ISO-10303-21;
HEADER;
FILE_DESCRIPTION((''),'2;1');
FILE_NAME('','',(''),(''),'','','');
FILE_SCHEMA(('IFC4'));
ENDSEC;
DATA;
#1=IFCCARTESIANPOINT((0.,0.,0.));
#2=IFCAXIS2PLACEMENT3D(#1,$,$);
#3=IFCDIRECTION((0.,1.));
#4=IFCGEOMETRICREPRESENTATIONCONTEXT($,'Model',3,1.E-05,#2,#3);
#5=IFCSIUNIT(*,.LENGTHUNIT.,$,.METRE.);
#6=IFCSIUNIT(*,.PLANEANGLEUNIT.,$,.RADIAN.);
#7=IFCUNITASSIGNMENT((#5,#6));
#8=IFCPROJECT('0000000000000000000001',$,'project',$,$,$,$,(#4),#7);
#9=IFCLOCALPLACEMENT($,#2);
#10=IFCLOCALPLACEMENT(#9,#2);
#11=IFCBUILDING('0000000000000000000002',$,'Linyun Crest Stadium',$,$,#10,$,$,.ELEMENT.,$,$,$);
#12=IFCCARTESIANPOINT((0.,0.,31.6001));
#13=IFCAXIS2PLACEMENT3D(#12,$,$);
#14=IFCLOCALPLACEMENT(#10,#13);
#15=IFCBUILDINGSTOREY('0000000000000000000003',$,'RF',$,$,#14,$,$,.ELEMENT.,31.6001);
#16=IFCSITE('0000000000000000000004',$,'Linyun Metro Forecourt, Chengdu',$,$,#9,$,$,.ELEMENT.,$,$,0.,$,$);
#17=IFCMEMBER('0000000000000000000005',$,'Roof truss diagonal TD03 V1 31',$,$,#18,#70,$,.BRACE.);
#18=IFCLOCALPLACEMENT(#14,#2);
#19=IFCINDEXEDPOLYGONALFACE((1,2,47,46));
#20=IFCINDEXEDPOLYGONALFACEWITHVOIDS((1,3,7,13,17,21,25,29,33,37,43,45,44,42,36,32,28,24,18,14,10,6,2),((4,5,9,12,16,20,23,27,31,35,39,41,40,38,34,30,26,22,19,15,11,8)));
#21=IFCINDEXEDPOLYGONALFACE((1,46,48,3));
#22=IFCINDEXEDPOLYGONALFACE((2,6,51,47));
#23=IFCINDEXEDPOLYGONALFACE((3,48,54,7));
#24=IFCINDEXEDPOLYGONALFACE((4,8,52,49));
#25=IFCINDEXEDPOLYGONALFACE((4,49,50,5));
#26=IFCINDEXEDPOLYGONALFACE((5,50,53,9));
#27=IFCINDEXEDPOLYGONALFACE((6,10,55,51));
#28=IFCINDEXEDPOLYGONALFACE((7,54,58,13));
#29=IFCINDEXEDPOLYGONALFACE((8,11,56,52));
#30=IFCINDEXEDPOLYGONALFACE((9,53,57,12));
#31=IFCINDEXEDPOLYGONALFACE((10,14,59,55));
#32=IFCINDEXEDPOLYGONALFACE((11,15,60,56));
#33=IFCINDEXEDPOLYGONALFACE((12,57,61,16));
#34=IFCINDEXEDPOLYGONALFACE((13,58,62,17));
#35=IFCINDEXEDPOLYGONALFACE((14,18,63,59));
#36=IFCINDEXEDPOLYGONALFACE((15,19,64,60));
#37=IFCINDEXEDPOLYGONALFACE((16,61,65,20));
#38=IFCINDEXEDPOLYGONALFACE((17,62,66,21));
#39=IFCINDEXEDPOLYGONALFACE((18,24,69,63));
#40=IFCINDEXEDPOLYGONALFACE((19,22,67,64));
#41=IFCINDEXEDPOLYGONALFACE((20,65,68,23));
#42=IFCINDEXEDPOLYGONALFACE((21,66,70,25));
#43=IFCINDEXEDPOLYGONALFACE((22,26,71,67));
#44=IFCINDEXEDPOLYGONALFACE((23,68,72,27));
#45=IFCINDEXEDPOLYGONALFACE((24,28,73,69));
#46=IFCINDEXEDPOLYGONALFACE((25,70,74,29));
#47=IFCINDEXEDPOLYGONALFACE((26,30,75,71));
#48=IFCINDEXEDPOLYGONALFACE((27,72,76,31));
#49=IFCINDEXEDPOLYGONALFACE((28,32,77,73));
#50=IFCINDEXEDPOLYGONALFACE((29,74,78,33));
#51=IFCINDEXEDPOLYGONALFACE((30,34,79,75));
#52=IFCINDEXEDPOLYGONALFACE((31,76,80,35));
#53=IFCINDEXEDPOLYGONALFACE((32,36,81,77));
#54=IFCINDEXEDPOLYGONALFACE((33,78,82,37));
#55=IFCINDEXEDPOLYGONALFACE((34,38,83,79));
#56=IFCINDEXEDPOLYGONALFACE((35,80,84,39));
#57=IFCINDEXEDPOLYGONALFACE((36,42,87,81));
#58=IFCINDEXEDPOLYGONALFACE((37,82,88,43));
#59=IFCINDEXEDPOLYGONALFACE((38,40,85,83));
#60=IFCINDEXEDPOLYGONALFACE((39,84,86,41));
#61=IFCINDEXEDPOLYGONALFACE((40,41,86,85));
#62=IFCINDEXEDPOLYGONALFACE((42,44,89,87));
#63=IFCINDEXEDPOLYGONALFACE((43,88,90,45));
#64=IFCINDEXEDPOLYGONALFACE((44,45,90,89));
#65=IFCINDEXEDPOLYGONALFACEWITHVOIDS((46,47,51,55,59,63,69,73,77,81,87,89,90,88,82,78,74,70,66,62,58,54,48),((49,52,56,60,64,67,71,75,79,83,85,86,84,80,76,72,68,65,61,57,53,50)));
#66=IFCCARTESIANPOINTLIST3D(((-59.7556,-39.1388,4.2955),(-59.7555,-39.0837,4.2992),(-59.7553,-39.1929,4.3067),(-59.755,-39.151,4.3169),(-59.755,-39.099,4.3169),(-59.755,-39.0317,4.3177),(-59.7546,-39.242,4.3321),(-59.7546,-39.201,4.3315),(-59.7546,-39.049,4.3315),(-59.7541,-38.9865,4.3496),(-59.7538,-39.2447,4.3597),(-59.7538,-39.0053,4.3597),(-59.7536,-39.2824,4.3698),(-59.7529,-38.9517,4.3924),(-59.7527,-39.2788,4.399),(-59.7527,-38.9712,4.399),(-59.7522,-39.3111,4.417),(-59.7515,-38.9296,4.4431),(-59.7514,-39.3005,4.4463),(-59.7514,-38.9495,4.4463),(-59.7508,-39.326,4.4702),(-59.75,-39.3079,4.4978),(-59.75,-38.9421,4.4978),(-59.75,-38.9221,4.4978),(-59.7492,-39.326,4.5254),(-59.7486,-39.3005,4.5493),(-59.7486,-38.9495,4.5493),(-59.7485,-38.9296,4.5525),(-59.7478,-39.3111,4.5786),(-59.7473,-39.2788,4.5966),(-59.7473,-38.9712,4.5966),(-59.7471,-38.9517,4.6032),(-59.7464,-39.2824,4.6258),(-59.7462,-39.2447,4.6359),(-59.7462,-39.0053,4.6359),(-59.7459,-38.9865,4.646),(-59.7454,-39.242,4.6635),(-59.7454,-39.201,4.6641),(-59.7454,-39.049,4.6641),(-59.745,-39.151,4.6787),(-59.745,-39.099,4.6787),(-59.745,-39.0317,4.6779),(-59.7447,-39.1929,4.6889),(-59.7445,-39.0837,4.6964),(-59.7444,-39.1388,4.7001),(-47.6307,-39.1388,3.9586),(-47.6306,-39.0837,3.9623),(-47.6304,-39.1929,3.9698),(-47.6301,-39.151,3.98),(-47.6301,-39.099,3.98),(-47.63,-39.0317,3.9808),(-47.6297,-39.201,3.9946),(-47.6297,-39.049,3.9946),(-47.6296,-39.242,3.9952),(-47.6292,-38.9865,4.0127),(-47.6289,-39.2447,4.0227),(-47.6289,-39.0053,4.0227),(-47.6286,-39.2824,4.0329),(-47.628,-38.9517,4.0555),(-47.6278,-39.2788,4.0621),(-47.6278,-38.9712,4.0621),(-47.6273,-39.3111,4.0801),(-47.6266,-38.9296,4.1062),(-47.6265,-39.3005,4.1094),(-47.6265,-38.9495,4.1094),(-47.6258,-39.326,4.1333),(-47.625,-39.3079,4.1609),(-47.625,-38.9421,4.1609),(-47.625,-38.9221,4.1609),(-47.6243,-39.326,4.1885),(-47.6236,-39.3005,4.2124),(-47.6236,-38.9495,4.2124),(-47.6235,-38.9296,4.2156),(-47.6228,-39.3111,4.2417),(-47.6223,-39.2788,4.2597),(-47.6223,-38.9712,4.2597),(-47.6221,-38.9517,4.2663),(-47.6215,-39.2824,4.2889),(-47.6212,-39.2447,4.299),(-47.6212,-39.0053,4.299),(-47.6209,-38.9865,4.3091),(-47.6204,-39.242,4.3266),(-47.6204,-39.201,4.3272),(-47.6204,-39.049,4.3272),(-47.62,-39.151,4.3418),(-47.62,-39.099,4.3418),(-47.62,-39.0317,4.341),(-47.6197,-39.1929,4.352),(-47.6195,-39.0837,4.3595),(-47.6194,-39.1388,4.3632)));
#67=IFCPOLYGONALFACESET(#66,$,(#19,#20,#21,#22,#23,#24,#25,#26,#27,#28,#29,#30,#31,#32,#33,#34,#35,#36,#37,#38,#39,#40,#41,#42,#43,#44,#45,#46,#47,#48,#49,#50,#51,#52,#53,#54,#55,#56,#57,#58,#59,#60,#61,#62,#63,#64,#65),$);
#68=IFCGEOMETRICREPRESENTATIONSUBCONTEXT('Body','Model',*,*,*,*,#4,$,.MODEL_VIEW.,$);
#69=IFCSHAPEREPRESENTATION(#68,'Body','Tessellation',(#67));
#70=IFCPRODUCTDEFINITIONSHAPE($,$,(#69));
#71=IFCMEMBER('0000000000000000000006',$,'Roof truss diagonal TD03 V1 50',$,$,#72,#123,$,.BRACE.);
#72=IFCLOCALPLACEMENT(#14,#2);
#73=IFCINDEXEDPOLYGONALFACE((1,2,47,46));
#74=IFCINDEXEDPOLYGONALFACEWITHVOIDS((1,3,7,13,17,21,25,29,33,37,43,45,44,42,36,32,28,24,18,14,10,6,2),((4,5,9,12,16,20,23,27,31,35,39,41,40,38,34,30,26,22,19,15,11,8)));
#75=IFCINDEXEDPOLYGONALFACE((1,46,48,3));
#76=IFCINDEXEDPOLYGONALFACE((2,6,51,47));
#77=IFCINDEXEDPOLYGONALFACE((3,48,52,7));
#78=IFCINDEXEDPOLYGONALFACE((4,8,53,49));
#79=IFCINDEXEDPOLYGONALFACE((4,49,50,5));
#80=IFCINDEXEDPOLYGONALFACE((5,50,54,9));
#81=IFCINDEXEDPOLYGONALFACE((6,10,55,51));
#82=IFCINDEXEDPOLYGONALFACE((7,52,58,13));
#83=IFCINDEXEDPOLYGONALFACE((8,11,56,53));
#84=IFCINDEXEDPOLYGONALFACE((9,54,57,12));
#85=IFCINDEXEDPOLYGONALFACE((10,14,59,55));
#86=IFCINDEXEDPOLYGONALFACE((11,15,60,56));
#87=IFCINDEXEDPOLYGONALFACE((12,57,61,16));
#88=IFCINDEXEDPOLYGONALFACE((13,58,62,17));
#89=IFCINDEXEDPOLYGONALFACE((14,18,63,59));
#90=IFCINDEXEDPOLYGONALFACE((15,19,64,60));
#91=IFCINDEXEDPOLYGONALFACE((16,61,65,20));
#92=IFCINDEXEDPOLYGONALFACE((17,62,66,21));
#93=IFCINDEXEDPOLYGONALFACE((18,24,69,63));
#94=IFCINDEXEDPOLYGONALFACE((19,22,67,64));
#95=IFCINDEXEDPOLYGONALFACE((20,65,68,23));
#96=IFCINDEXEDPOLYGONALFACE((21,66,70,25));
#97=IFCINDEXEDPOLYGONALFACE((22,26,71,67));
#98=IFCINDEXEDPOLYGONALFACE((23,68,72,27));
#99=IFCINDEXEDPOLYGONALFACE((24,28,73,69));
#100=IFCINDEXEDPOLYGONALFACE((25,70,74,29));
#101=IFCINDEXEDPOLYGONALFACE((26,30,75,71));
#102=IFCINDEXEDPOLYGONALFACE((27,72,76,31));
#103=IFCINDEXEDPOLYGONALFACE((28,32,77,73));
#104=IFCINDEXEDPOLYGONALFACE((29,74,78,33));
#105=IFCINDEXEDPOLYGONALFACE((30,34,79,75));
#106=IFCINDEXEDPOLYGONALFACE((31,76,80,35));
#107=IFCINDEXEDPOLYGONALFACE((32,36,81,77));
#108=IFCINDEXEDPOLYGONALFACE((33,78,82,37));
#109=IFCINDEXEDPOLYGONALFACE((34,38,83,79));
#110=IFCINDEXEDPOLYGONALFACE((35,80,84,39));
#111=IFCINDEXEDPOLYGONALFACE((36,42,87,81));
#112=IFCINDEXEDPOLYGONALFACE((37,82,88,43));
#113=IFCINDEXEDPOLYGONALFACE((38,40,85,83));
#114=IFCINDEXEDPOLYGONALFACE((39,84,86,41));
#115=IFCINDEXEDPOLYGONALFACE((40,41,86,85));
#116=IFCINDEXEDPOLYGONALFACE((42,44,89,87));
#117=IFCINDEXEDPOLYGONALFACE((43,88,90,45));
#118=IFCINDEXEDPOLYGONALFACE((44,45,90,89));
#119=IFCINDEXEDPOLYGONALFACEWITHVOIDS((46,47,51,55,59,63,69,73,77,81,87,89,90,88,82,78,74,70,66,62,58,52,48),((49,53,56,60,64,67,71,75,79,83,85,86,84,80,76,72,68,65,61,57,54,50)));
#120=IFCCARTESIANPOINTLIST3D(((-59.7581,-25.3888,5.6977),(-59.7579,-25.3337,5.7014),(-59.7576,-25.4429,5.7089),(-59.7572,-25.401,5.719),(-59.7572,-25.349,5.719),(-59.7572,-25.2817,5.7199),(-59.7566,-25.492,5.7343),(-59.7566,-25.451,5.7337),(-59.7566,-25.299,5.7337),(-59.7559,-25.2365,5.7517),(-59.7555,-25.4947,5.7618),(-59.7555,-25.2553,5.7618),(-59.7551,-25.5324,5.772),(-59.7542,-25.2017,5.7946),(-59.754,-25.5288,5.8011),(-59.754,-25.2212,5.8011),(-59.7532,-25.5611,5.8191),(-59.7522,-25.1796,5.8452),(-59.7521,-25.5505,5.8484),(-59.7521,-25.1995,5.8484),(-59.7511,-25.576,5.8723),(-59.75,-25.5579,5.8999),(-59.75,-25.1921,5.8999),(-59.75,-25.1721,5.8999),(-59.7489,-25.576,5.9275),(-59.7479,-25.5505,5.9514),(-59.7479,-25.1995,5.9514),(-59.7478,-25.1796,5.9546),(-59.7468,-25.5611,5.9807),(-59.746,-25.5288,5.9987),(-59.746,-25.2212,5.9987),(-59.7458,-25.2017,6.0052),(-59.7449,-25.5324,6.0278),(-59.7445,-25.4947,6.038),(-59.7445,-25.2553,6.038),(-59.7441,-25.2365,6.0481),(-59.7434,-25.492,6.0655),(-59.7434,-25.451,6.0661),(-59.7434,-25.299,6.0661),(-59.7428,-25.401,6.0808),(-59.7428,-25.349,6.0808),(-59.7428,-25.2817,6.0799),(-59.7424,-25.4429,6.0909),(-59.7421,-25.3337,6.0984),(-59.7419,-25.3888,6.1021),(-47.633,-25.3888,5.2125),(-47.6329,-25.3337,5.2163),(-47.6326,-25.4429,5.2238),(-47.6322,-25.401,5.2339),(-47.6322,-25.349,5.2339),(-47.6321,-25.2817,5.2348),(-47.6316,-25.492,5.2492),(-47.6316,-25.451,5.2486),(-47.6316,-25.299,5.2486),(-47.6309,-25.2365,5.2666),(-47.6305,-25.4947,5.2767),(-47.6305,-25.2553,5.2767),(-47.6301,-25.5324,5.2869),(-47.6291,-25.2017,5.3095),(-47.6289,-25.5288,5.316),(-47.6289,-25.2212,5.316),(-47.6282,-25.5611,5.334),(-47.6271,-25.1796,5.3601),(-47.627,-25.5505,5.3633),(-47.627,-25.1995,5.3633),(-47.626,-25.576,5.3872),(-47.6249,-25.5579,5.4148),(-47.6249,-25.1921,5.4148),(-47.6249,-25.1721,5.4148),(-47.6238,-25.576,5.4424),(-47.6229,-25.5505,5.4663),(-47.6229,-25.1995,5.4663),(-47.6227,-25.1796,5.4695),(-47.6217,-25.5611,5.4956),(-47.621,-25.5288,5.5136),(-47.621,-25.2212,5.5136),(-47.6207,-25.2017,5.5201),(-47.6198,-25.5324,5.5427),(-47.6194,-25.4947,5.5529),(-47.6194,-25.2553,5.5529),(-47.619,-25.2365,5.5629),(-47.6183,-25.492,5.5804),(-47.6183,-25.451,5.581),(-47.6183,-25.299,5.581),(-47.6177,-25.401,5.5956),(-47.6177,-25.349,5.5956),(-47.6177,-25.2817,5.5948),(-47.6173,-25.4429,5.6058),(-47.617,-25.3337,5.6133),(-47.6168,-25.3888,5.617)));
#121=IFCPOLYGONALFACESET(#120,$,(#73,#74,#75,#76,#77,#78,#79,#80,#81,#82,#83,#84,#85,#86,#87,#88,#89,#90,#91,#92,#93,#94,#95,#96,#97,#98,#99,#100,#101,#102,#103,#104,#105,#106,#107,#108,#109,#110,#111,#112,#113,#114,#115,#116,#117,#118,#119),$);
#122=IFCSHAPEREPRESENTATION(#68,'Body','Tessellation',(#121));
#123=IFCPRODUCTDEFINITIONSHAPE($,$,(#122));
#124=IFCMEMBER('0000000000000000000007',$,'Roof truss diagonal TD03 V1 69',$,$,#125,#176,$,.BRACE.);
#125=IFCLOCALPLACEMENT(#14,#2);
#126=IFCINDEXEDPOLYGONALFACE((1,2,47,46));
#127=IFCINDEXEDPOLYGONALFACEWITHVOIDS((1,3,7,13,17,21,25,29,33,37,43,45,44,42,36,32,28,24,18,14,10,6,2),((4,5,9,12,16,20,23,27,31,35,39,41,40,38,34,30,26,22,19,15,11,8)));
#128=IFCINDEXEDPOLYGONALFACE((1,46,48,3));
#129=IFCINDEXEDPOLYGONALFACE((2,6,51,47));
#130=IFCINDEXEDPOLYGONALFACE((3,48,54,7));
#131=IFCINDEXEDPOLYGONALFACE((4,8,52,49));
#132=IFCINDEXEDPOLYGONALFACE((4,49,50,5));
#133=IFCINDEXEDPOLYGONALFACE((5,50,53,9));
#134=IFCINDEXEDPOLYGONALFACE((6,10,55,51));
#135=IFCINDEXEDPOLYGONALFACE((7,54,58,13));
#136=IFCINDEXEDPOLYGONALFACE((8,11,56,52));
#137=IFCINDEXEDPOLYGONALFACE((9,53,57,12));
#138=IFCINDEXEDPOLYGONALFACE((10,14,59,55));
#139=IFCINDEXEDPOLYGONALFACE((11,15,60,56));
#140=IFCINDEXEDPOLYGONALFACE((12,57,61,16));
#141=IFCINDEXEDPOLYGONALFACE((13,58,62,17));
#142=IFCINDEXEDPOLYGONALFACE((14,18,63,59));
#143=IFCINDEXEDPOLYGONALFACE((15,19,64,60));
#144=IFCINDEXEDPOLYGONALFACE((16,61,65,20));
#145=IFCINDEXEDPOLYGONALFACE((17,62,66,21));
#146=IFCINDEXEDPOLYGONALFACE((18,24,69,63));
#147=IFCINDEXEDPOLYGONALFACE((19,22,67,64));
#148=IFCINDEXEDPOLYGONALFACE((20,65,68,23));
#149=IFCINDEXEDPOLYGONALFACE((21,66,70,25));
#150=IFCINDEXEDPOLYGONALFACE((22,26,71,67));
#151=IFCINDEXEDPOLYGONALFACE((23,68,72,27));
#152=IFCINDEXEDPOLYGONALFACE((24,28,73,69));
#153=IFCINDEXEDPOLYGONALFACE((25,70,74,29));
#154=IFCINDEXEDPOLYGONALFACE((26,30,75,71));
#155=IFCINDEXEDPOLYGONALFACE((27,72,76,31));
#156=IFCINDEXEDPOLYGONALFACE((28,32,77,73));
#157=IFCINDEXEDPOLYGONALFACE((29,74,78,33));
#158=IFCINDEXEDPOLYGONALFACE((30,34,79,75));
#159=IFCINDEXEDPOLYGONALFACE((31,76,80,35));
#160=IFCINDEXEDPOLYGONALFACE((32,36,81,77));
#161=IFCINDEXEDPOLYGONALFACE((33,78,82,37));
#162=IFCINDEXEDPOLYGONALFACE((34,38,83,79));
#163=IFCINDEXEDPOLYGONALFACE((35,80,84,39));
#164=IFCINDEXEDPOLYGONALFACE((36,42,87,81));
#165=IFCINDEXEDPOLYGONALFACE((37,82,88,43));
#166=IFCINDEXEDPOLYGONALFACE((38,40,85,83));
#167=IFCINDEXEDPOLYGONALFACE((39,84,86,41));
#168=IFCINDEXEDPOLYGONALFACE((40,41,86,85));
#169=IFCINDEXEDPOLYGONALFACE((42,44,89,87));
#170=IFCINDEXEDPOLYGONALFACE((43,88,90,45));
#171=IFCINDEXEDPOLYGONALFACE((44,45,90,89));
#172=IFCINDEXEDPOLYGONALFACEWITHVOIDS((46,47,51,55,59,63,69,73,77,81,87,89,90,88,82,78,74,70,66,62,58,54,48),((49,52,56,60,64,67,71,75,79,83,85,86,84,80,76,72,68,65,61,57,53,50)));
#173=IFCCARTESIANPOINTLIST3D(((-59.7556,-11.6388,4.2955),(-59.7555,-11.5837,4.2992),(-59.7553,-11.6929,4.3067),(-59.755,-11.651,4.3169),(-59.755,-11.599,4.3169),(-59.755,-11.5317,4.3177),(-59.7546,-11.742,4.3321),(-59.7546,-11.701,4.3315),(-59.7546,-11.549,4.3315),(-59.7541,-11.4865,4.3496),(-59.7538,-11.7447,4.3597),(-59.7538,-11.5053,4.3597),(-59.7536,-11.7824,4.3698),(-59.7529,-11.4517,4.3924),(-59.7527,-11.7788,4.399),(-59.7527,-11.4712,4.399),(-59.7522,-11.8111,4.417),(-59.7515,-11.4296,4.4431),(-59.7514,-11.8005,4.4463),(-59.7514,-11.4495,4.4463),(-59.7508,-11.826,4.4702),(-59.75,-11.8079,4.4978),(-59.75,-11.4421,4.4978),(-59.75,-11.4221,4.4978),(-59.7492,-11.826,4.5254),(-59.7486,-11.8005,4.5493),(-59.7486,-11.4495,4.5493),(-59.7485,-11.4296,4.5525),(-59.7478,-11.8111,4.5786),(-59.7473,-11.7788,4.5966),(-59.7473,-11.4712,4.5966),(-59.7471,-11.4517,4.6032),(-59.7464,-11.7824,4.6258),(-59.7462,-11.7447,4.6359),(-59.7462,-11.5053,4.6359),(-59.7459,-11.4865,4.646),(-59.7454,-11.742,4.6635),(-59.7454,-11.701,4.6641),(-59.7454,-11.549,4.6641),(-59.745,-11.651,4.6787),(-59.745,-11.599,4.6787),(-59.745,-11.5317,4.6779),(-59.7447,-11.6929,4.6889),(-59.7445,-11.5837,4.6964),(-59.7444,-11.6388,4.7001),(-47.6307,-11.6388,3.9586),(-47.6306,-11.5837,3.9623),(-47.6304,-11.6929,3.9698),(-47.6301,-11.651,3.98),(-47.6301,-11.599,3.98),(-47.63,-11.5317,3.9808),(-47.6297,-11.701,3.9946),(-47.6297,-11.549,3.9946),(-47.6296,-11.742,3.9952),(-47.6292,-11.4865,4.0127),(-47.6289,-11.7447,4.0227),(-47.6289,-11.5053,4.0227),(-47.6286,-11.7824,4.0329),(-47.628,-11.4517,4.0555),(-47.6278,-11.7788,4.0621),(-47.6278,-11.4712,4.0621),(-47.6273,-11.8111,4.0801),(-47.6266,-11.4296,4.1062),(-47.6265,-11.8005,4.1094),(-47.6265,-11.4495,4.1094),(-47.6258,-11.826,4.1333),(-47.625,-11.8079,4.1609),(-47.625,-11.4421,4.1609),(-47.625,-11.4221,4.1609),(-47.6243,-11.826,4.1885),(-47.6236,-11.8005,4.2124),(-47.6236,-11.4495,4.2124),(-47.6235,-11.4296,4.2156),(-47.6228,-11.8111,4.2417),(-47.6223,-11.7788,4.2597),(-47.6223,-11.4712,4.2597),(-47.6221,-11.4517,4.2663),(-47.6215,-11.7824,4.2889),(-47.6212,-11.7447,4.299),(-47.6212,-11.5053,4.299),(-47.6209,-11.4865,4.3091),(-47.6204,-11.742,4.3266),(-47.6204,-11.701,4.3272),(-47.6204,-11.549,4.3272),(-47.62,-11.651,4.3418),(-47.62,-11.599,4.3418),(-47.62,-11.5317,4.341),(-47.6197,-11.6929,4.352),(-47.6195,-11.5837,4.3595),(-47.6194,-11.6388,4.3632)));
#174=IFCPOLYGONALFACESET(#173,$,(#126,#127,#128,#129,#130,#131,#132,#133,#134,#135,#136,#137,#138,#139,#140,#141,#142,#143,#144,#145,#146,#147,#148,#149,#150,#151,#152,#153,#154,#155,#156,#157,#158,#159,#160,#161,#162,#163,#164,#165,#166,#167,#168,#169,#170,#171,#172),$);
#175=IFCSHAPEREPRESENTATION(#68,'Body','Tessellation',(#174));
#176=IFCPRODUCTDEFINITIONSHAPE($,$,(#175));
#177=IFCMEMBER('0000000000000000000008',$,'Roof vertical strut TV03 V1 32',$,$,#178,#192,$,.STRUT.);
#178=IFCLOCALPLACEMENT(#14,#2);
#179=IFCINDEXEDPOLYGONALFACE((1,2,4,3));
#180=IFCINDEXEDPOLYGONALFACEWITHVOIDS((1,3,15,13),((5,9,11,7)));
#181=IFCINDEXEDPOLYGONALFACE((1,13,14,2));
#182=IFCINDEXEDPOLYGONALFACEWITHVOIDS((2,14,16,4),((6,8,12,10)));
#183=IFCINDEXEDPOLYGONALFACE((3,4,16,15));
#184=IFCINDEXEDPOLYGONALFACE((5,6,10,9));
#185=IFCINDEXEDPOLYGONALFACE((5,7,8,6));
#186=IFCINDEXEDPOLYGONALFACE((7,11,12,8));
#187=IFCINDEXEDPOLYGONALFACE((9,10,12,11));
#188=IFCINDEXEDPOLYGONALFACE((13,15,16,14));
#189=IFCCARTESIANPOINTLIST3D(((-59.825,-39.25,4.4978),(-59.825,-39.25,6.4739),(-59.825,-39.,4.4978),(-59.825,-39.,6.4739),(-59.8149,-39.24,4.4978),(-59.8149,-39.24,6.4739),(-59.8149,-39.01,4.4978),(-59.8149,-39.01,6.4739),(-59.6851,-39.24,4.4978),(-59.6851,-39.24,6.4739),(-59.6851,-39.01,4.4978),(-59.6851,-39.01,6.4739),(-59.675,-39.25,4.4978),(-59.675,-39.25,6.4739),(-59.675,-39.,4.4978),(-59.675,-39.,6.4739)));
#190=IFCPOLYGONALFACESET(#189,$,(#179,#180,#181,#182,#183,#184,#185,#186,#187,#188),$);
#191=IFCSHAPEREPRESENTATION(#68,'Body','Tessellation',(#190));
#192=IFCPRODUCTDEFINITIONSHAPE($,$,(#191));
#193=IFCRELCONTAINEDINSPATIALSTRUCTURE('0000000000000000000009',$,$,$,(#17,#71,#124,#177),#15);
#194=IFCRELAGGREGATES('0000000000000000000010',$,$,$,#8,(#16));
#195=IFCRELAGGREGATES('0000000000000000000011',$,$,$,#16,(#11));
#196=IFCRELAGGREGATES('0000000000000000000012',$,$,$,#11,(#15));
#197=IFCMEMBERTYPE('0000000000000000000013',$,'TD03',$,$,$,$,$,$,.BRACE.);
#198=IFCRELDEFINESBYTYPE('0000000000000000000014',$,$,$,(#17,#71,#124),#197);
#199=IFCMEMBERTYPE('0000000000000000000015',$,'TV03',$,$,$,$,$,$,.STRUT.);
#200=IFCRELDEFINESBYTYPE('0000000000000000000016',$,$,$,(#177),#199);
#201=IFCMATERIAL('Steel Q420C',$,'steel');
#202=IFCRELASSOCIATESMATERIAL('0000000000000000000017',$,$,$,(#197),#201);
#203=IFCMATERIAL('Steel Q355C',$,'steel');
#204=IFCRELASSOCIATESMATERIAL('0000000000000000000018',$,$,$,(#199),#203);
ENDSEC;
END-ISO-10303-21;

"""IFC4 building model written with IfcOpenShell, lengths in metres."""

from ifc_helpers import new_model, si_unit, direction, frame, origin, origin_2d, place, context, subcontext, project, spatial, hollow_rectangle, hollow_circle, extrude, material, material_profile, profile_set, type_object, element, save


model = new_model("IFC4")

# Units and contexts
model_context = context("Model", 3, precision=1e-05, world=origin(), true_north=direction((0.0, 1.0)))
body_context = subcontext(model_context, "Body", "Model", "MODEL_VIEW")
ifc_project = project(units=[si_unit("LENGTHUNIT", "METRE"), si_unit("PLANEANGLEUNIT", "RADIAN")], contexts=[model_context])

# Site, building, storey
site_placement = place(None, origin())
site = spatial("IfcSite", under=ifc_project, at=site_placement, Name="Linyun Metro Forecourt, Chengdu", CompositionType="ELEMENT", RefElevation=0.0)
building_placement = place(site_placement, origin())
building = spatial("IfcBuilding", under=site, at=building_placement, Name="Linyun Crest Stadium", CompositionType="ELEMENT")
storey_placement = place(building_placement, frame((0.0, 0.0, 31.6001)))
storey = spatial("IfcBuildingStorey", under=building, at=storey_placement, Name="RF", CompositionType="ELEMENT", Elevation=31.6001)

# Members
ifc_material_1 = material(Name="Steel Q420C", Category="steel")
ifc_material_profile_1 = material_profile(ifc_material_1, hollow_circle(Radius=0.2029, WallThickness=0.02, at=origin_2d()), Name="CHS 406x20")
ifc_profile_set_1 = profile_set([ifc_material_profile_1], Name="Steel Q420C")
member_type_1 = type_object("IfcMemberType", Name="TD03", PredefinedType="BRACE", material=ifc_profile_set_1)
member_1_placement = place(storey_placement, frame((-59.75, -39.125, 4.4978), z_axis=(0.999614, 0.0, -0.027776), x_axis=(0.0, 1.0, 0.0)))
element("IfcMember", 1, at=member_1_placement, inside=storey, type_object=member_type_1, Name="Roof truss diagonal TD03 V1 31", PredefinedType="BRACE", context=body_context, shape_type="SweptSolid", body=[
    extrude(hollow_circle(Radius=0.2029, WallThickness=0.02, at=origin_2d()), origin(), (0.0, 0.0, 1.0), 12.1296),
])
member_2_placement = place(storey_placement, frame((-59.75, -25.375, 5.8999), z_axis=(0.999201, 0.0, -0.039977), x_axis=(0.0, 1.0, 0.0)))
element("IfcMember", 2, at=member_2_placement, inside=storey, type_object=member_type_1, Name="Roof truss diagonal TD03 V1 50", PredefinedType="BRACE", context=body_context, shape_type="SweptSolid", body=[
    extrude(hollow_circle(Radius=0.2029, WallThickness=0.02, at=origin_2d()), origin(), (0.0, 0.0, 1.0), 12.1348),
])
member_3_placement = place(storey_placement, frame((-59.75, -11.625, 4.4978), z_axis=(0.999614, 0.0, -0.027776), x_axis=(0.0, 1.0, 0.0)))
element("IfcMember", 3, at=member_3_placement, inside=storey, type_object=member_type_1, Name="Roof truss diagonal TD03 V1 69", PredefinedType="BRACE", context=body_context, shape_type="SweptSolid", body=[
    extrude(hollow_circle(Radius=0.2029, WallThickness=0.02, at=origin_2d()), origin(), (0.0, 0.0, 1.0), 12.1296),
])
ifc_material_2 = material(Name="Steel Q355C", Category="steel")
ifc_material_profile_2 = material_profile(ifc_material_2, hollow_rectangle(XDim=0.1499, YDim=0.25, WallThickness=0.01, at=origin_2d()), Name="RHS 250x150x10")
ifc_profile_set_2 = profile_set([ifc_material_profile_2], Name="Steel Q355C")
member_type_2 = type_object("IfcMemberType", Name="TV03", PredefinedType="STRUT", material=ifc_profile_set_2)
for number, where, z_axis, x_axis, name in (
    (4, (-59.75, -39.125, 4.4978), (0.0, 0.0, 1.0), (1.0, 0.0, 0.0), "Roof vertical strut TV03 V1 32"),
):
    element("IfcMember", number, at=place(storey_placement, frame(where, z_axis=z_axis, x_axis=x_axis)), inside=storey, type_object=member_type_2, Name=name, PredefinedType="STRUT", context=body_context, shape_type="SweptSolid", body=[
        extrude(hollow_rectangle(XDim=0.1499, YDim=0.25, WallThickness=0.01, at=origin_2d()), origin(), (0.0, 0.0, 1.0), 1.9761),
    ])

save(model, "model.ifc")
